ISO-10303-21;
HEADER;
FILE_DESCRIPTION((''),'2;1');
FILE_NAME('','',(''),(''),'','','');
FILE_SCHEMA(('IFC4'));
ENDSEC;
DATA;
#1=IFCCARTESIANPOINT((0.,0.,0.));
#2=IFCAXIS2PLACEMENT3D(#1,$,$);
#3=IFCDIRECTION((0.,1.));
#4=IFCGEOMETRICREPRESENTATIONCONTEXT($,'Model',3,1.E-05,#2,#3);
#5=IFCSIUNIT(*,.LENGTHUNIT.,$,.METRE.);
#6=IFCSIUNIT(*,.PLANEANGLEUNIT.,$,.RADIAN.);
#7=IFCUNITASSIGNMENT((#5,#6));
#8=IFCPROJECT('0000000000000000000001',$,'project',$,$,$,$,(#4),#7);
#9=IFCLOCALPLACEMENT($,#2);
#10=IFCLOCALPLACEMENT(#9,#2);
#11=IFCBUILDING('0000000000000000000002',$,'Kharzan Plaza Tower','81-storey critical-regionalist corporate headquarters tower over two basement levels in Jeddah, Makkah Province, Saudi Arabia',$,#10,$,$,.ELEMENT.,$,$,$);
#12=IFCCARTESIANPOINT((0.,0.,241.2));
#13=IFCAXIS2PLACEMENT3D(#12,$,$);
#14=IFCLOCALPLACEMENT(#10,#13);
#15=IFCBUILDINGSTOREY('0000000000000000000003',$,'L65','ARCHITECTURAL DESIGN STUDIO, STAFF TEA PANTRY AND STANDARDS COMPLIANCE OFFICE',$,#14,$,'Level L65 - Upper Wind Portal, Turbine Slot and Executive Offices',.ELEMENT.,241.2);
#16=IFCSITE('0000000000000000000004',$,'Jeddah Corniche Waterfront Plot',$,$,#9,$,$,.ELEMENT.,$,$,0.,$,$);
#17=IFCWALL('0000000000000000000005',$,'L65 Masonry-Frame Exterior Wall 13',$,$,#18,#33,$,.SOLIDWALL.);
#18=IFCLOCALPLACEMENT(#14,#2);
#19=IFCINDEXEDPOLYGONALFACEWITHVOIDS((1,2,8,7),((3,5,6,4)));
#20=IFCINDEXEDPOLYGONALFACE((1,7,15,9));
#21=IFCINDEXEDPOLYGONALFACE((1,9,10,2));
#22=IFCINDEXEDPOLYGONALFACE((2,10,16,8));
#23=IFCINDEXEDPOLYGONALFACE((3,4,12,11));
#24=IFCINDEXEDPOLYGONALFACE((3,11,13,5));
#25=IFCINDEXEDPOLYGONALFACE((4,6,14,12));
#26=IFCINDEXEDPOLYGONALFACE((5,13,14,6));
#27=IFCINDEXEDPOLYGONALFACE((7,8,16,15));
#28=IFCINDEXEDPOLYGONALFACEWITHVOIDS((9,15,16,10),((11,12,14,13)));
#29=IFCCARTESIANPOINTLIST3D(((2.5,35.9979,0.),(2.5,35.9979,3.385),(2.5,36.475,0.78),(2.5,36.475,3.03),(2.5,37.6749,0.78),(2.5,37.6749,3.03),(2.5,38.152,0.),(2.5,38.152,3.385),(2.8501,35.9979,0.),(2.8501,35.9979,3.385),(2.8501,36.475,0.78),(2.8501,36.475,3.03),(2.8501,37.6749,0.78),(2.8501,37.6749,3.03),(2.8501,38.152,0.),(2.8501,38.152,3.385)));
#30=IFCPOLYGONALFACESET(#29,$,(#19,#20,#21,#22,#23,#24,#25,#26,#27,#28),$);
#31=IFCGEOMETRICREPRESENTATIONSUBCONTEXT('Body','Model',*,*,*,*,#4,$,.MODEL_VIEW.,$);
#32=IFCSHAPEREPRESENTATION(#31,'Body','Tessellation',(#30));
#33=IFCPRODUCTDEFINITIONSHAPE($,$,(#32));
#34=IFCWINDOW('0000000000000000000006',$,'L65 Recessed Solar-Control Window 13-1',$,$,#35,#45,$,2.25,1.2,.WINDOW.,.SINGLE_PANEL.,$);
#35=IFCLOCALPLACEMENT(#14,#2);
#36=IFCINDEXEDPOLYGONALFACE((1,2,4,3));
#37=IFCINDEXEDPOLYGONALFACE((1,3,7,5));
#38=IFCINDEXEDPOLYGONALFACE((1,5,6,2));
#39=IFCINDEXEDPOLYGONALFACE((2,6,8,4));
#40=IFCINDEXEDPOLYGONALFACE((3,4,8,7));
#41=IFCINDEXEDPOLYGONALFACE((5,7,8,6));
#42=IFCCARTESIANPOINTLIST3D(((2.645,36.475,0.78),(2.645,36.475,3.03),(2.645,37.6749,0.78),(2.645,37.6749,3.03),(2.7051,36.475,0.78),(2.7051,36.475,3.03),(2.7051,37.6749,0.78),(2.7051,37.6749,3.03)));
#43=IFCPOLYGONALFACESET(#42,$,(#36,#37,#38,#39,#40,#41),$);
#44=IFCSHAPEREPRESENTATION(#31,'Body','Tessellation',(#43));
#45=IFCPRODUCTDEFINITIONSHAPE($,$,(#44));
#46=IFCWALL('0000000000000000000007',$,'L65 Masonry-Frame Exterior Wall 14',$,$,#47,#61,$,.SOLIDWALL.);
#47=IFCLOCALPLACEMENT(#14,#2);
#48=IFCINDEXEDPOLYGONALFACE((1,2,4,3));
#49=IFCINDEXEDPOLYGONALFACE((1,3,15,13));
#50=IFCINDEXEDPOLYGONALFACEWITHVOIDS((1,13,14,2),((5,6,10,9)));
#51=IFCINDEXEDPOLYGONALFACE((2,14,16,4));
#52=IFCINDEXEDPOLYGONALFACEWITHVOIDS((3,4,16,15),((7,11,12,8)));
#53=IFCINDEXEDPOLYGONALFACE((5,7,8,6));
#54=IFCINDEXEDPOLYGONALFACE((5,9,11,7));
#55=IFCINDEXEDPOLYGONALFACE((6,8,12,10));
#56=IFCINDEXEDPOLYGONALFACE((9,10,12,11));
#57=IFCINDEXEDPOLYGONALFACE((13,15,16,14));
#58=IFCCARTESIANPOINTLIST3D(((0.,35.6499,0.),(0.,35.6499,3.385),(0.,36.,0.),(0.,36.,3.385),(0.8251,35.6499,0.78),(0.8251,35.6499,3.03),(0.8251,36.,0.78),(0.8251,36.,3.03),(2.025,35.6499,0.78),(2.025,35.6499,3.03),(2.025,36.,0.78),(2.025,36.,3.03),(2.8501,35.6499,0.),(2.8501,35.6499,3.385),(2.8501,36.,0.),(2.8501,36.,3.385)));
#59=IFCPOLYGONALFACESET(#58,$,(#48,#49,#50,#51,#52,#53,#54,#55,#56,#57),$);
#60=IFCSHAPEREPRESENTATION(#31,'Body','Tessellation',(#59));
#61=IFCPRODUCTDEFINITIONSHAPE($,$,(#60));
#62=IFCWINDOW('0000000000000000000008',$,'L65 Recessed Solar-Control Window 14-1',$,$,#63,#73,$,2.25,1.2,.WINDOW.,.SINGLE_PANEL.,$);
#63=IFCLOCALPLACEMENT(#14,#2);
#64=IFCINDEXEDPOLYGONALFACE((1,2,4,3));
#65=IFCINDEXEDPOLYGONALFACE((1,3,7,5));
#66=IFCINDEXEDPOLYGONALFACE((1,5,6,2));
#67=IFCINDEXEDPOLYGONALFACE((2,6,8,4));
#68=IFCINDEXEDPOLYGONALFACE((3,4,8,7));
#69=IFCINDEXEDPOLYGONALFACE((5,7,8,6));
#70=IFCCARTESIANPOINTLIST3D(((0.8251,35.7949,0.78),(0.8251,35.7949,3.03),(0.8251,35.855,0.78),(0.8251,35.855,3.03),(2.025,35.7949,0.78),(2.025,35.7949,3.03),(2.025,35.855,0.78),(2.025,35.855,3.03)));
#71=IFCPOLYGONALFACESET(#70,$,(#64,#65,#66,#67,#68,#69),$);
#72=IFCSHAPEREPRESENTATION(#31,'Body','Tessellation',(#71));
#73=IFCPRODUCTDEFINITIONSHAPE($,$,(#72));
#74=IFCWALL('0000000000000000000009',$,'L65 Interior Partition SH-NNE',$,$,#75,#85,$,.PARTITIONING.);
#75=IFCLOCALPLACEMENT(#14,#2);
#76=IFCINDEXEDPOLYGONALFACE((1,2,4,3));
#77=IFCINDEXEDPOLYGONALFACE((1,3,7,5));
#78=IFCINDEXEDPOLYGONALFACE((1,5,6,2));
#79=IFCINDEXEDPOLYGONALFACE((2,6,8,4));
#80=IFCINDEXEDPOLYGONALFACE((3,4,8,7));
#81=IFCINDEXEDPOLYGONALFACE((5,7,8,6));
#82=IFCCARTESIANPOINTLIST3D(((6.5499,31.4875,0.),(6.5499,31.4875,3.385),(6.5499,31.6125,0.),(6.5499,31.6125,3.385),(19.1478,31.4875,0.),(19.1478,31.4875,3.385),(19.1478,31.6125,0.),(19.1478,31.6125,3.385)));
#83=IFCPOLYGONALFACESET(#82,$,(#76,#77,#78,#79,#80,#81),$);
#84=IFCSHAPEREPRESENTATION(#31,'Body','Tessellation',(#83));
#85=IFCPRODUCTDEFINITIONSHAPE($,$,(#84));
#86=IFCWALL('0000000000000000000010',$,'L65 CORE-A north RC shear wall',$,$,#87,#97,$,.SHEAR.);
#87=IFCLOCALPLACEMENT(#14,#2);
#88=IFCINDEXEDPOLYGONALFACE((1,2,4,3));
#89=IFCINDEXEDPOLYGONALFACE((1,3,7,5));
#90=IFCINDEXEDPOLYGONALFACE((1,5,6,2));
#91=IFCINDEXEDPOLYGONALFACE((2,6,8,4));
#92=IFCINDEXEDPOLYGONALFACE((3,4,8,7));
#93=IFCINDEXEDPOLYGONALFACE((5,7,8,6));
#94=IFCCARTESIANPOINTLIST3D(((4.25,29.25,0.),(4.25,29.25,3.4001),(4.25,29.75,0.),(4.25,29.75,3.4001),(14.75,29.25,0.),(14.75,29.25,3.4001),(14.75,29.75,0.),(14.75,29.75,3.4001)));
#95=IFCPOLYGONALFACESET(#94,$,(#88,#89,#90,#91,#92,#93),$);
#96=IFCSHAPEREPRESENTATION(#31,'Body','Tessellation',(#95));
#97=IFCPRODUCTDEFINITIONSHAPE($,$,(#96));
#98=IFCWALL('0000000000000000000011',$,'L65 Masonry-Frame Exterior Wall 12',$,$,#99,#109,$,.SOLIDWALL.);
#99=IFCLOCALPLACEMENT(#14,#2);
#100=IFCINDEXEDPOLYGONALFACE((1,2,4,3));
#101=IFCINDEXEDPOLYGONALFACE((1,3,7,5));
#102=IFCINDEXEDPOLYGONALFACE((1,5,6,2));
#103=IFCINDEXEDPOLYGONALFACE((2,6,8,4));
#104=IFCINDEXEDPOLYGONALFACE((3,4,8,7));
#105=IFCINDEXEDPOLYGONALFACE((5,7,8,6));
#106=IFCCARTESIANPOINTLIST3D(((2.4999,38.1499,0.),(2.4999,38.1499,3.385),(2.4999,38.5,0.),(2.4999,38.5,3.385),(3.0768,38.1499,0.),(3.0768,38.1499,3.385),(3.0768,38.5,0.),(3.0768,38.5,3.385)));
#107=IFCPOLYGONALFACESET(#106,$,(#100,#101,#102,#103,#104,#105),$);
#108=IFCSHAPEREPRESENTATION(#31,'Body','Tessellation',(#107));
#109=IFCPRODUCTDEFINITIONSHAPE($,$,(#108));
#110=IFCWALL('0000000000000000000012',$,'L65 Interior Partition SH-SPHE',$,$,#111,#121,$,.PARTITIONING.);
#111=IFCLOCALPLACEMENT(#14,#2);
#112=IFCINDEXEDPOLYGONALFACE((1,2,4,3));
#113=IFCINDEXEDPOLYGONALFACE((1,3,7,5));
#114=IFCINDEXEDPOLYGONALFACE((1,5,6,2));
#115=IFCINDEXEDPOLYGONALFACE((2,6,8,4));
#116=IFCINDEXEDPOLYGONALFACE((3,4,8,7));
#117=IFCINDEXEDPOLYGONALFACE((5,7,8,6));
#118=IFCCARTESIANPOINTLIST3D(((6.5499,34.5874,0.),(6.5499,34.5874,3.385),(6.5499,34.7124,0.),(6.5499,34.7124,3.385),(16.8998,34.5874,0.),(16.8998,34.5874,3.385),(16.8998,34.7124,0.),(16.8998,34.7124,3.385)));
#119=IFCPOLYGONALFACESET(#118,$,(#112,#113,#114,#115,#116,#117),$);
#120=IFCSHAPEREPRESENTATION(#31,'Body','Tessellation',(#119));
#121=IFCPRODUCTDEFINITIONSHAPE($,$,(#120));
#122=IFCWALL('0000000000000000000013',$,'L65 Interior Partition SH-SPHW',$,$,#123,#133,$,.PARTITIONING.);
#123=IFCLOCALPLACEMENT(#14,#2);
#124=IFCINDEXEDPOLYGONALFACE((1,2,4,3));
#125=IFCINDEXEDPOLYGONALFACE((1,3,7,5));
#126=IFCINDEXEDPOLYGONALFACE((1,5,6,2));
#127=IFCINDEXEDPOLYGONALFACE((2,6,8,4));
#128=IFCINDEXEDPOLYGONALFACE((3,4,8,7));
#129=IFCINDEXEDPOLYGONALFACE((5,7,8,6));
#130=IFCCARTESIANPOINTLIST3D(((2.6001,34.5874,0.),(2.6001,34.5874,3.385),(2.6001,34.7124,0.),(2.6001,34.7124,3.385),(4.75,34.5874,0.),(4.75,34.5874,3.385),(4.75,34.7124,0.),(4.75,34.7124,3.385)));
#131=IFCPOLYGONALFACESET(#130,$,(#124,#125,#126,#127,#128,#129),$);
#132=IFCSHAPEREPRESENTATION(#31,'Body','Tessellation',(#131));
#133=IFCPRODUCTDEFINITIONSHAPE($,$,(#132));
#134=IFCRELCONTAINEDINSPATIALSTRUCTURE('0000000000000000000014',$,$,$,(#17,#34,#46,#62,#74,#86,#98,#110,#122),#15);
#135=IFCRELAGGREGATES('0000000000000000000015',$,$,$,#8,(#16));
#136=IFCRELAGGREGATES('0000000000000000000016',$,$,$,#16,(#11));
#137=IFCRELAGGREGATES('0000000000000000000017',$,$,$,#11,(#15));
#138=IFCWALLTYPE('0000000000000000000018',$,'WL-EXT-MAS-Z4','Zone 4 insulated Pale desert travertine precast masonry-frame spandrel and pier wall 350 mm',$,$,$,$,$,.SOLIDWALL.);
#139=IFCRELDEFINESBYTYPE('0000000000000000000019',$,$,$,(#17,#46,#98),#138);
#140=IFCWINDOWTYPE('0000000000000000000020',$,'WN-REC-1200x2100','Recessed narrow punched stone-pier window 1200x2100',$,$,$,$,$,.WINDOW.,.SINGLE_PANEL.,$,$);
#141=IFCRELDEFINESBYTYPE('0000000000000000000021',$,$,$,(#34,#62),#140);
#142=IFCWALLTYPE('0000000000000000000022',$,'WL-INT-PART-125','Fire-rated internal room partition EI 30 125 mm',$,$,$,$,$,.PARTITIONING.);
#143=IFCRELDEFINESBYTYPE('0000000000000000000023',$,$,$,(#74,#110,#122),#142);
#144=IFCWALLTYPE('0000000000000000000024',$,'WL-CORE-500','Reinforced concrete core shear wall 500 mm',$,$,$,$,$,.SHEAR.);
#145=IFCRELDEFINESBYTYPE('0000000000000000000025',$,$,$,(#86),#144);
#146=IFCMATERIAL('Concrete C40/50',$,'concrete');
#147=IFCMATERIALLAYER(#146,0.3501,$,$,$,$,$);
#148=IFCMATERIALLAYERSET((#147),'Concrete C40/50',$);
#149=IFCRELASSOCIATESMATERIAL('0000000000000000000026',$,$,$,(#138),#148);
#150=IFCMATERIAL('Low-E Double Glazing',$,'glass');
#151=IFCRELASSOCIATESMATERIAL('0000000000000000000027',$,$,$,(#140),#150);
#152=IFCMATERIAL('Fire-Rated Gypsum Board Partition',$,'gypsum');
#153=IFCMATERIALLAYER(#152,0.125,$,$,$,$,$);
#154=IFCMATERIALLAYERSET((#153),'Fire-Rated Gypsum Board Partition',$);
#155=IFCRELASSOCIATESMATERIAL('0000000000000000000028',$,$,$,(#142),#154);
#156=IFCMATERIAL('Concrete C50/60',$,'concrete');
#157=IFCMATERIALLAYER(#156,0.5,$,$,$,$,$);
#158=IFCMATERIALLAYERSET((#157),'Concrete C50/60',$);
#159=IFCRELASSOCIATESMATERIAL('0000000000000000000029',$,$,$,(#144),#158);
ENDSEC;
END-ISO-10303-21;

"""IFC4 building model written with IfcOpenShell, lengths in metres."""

from ifc_helpers import new_model, si_unit, direction, frame, frame_2d, origin, place, context, subcontext, project, spatial, rectangle, extrude, source, transform, mapped, material, layer, layer_set, type_object, element, fill, save


model = new_model("IFC4")

# Units and contexts
model_context = context("Model", 3, precision=1e-05, world=origin(), true_north=direction((0.0, 1.0)))
body_context = subcontext(model_context, "Body", "Model", "MODEL_VIEW")
ifc_project = project(units=[si_unit("LENGTHUNIT", "METRE"), si_unit("PLANEANGLEUNIT", "RADIAN")], contexts=[model_context])

# Site, building, storey
site_placement = place(None, origin())
site = spatial("IfcSite", under=ifc_project, at=site_placement, Name="Jeddah Corniche Waterfront Plot", CompositionType="ELEMENT", RefElevation=0.0)
building_placement = place(site_placement, origin())
building = spatial("IfcBuilding", under=site, at=building_placement, Name="Kharzan Plaza Tower", Description="81-storey critical-regionalist corporate headquarters tower over two basement levels in Jeddah, Makkah Province, Saudi Arabia", CompositionType="ELEMENT")
storey_placement = place(building_placement, frame((0.0, 0.0, 241.2)))
storey = spatial("IfcBuildingStorey", under=building, at=storey_placement, Name="L65", Description="ARCHITECTURAL DESIGN STUDIO, STAFF TEA PANTRY AND STANDARDS COMPLIANCE OFFICE", LongName="Level L65 - Upper Wind Portal, Turbine Slot and Executive Offices", CompositionType="ELEMENT", Elevation=241.2)

# Shared definitions
ifc_material_1 = material(Name="Concrete C50/60", Category="concrete")

# Walls, openings, windows
ifc_material_2 = material(Name="Concrete C40/50", Category="concrete")
ifc_layer_1 = layer(ifc_material_2, 0.3501)
ifc_layer_set_1 = layer_set([ifc_layer_1], Name="Concrete C40/50")
wall_type_1 = type_object("IfcWallType", Name="WL-EXT-MAS-Z4", Description="Zone 4 insulated Pale desert travertine precast masonry-frame spandrel and pier wall 350 mm", PredefinedType="SOLIDWALL", material=ifc_layer_set_1)
ifc_material_3 = material(Name="Low-E Double Glazing", Category="glass")
wall_1_placement = place(storey_placement, frame((2.675, 38.1521, 0.0), z_axis=(0.0, 0.0, 1.0), x_axis=(0.0, -1.0, 0.0)))
wall_1 = element("IfcWall", 1, at=wall_1_placement, inside=storey, type_object=wall_type_1, Name="L65 Masonry-Frame Exterior Wall 13", PredefinedType="SOLIDWALL", context=body_context, shape_type="SweptSolid", body=[
    extrude(rectangle(XDim=2.1541, YDim=0.3501, at=frame_2d((1.0771, 0.0))), origin(), (0.0, 0.0, 1.0), 3.385),
])
opening_1_placement = place(wall_1_placement, frame((0.4771, 0.0, 0.78)))
opening_1 = element("IfcOpeningElement", 2, at=opening_1_placement, cuts=wall_1, PredefinedType="OPENING", context=body_context, shape_type="SweptSolid", body=[
    extrude(rectangle(XDim=1.2, YDim=2.25, at=frame_2d((0.6001, 1.125))), frame((0.0, 0.1851, 0.0), z_axis=(0.0, -1.0, 0.0), x_axis=(1.0, 0.0, 0.0)), (0.0, 0.0, 1.0), 0.3701),
])
window_type_1 = type_object("IfcWindowType", Name="WN-REC-1200x2100", Description="Recessed narrow punched stone-pier window 1200x2100", PartitioningType="SINGLE_PANEL", PredefinedType="WINDOW", material=ifc_material_3)
shared_shape_1 = source(origin(), body_context, "Body", "SweptSolid", [
    extrude(rectangle(XDim=1.2, YDim=2.25, at=frame_2d((0.6001, 1.125))), frame((0.0, 0.03, 0.0), z_axis=(0.0, -1.0, 0.0), x_axis=(1.0, 0.0, 0.0)), (0.0, 0.0, 1.0), 0.0601),
])
window_1_placement = place(opening_1_placement, origin())
window_1 = element("IfcWindow", 3, at=window_1_placement, inside=storey, type_object=window_type_1, Name="L65 Recessed Solar-Control Window 13-1", OverallHeight=2.25, OverallWidth=1.2, PartitioningType="SINGLE_PANEL", PredefinedType="WINDOW", context=body_context, shape_type="MappedRepresentation", body=[
    mapped(shared_shape_1, transform((0.0, 0.0, 0.0), x_axis=(1.0, 0.0, 0.0), y_axis=(0.0, 1.0, 0.0), z_axis=(0.0, 0.0, 1.0))),
])
fill(opening_1, window_1)
wall_2_placement = place(storey_placement, frame((2.8501, 35.825, 0.0), z_axis=(0.0, 0.0, 1.0), x_axis=(-1.0, 0.0, 0.0)))
wall_2 = element("IfcWall", 4, at=wall_2_placement, inside=storey, type_object=wall_type_1, Name="L65 Masonry-Frame Exterior Wall 14", PredefinedType="SOLIDWALL", context=body_context, shape_type="SweptSolid", body=[
    extrude(rectangle(XDim=2.8501, YDim=0.3501, at=frame_2d((1.425, 0.0))), origin(), (0.0, 0.0, 1.0), 3.385),
])
opening_2_placement = place(wall_2_placement, frame((0.825, 0.0, 0.78)))
opening_2 = element("IfcOpeningElement", 5, at=opening_2_placement, cuts=wall_2, PredefinedType="OPENING", context=body_context, shape_type="SweptSolid", body=[
    extrude(rectangle(XDim=1.2, YDim=2.25, at=frame_2d((0.6001, 1.125))), frame((0.0, 0.1851, 0.0), z_axis=(0.0, -1.0, 0.0), x_axis=(1.0, 0.0, 0.0)), (0.0, 0.0, 1.0), 0.3701),
])
window_2_placement = place(opening_2_placement, origin())
window_2 = element("IfcWindow", 6, at=window_2_placement, inside=storey, type_object=window_type_1, Name="L65 Recessed Solar-Control Window 14-1", OverallHeight=2.25, OverallWidth=1.2, PartitioningType="SINGLE_PANEL", PredefinedType="WINDOW", context=body_context, shape_type="MappedRepresentation", body=[
    mapped(shared_shape_1, transform((0.0, 0.0, 0.0), x_axis=(1.0, 0.0, 0.0), y_axis=(0.0, 1.0, 0.0), z_axis=(0.0, 0.0, 1.0))),
])
fill(opening_2, window_2)

# Shared definitions
ifc_material_4 = material(Name="Fire-Rated Gypsum Board Partition", Category="gypsum")
ifc_layer_2 = layer(ifc_material_4, 0.125)
ifc_layer_set_2 = layer_set([ifc_layer_2], Name="Fire-Rated Gypsum Board Partition")
wall_type_2 = type_object("IfcWallType", Name="WL-INT-PART-125", Description="Fire-rated internal room partition EI 30 125 mm", PredefinedType="PARTITIONING", material=ifc_layer_set_2)

# Walls
shared_shape_2 = source(origin(), body_context, "Body", "SweptSolid", [
    extrude(rectangle(XDim=12.5979, YDim=0.125, at=frame_2d((6.2988, 0.0))), origin(), (0.0, 0.0, 1.0), 3.385),
])
wall_3_placement = place(storey_placement, frame((6.55, 31.55, 0.0), z_axis=(0.0, 0.0, 1.0), x_axis=(1.0, 0.0, 0.0)))
element("IfcWall", 7, at=wall_3_placement, inside=storey, type_object=wall_type_2, Name="L65 Interior Partition SH-NNE", PredefinedType="PARTITIONING", context=body_context, shape_type="MappedRepresentation", body=[
    mapped(shared_shape_2, transform((0.0, 0.0, 0.0), x_axis=(1.0, 0.0, 0.0), y_axis=(0.0, 1.0, 0.0), z_axis=(0.0, 0.0, 1.0))),
])
ifc_layer_3 = layer(ifc_material_1, 0.5)
ifc_layer_set_3 = layer_set([ifc_layer_3], Name="Concrete C50/60")
wall_type_3 = type_object("IfcWallType", Name="WL-CORE-500", Description="Reinforced concrete core shear wall 500 mm", PredefinedType="SHEAR", material=ifc_layer_set_3)
shared_shape_3 = source(origin(), body_context, "Body", "SweptSolid", [
    extrude(rectangle(XDim=10.5, YDim=0.5, at=frame_2d((5.25, 0.0))), origin(), (0.0, 0.0, 1.0), 3.4001),
])
wall_4_placement = place(storey_placement, frame((4.25, 29.5, 0.0), z_axis=(0.0, 0.0, 1.0), x_axis=(1.0, 0.0, 0.0)))
element("IfcWall", 8, at=wall_4_placement, inside=storey, type_object=wall_type_3, Name="L65 CORE-A north RC shear wall", PredefinedType="SHEAR", context=body_context, shape_type="MappedRepresentation", body=[
    mapped(shared_shape_3, transform((0.0, 0.0, 0.0), x_axis=(1.0, 0.0, 0.0), y_axis=(0.0, 1.0, 0.0), z_axis=(0.0, 0.0, 1.0))),
])
shared_shape_4 = source(origin(), body_context, "Body", "SweptSolid", [
    extrude(rectangle(XDim=0.5769, YDim=0.3501, at=frame_2d((0.2886, 0.0))), origin(), (0.0, 0.0, 1.0), 3.385),
])
wall_5_placement = place(storey_placement, frame((3.0769, 38.325, 0.0), z_axis=(0.0, 0.0, 1.0), x_axis=(-1.0, 0.0, 0.0)))
element("IfcWall", 9, at=wall_5_placement, inside=storey, type_object=wall_type_1, Name="L65 Masonry-Frame Exterior Wall 12", PredefinedType="SOLIDWALL", context=body_context, shape_type="MappedRepresentation", body=[
    mapped(shared_shape_4, transform((0.0, 0.0, 0.0), x_axis=(1.0, 0.0, 0.0), y_axis=(0.0, 1.0, 0.0), z_axis=(0.0, 0.0, 1.0))),
])
shared_shape_5 = source(origin(), body_context, "Body", "SweptSolid", [
    extrude(rectangle(XDim=10.3499, YDim=0.125, at=frame_2d((5.1748, 0.0))), origin(), (0.0, 0.0, 1.0), 3.385),
])
wall_6_placement = place(storey_placement, frame((6.55, 34.6499, 0.0), z_axis=(0.0, 0.0, 1.0), x_axis=(1.0, 0.0, 0.0)))
element("IfcWall", 10, at=wall_6_placement, inside=storey, type_object=wall_type_2, Name="L65 Interior Partition SH-SPHE", PredefinedType="PARTITIONING", context=body_context, shape_type="MappedRepresentation", body=[
    mapped(shared_shape_5, transform((0.0, 0.0, 0.0), x_axis=(1.0, 0.0, 0.0), y_axis=(0.0, 1.0, 0.0), z_axis=(0.0, 0.0, 1.0))),
])
shared_shape_6 = source(origin(), body_context, "Body", "SweptSolid", [
    extrude(rectangle(XDim=2.1499, YDim=0.125, at=frame_2d((1.075, 0.0))), origin(), (0.0, 0.0, 1.0), 3.385),
])
wall_7_placement = place(storey_placement, frame((2.6001, 34.6499, 0.0), z_axis=(0.0, 0.0, 1.0), x_axis=(1.0, 0.0, 0.0)))
element("IfcWall", 11, at=wall_7_placement, inside=storey, type_object=wall_type_2, Name="L65 Interior Partition SH-SPHW", PredefinedType="PARTITIONING", context=body_context, shape_type="MappedRepresentation", body=[
    mapped(shared_shape_6, transform((0.0, 0.0, 0.0), x_axis=(1.0, 0.0, 0.0), y_axis=(0.0, 1.0, 0.0), z_axis=(0.0, 0.0, 1.0))),
])

save(model, "model.ifc")
